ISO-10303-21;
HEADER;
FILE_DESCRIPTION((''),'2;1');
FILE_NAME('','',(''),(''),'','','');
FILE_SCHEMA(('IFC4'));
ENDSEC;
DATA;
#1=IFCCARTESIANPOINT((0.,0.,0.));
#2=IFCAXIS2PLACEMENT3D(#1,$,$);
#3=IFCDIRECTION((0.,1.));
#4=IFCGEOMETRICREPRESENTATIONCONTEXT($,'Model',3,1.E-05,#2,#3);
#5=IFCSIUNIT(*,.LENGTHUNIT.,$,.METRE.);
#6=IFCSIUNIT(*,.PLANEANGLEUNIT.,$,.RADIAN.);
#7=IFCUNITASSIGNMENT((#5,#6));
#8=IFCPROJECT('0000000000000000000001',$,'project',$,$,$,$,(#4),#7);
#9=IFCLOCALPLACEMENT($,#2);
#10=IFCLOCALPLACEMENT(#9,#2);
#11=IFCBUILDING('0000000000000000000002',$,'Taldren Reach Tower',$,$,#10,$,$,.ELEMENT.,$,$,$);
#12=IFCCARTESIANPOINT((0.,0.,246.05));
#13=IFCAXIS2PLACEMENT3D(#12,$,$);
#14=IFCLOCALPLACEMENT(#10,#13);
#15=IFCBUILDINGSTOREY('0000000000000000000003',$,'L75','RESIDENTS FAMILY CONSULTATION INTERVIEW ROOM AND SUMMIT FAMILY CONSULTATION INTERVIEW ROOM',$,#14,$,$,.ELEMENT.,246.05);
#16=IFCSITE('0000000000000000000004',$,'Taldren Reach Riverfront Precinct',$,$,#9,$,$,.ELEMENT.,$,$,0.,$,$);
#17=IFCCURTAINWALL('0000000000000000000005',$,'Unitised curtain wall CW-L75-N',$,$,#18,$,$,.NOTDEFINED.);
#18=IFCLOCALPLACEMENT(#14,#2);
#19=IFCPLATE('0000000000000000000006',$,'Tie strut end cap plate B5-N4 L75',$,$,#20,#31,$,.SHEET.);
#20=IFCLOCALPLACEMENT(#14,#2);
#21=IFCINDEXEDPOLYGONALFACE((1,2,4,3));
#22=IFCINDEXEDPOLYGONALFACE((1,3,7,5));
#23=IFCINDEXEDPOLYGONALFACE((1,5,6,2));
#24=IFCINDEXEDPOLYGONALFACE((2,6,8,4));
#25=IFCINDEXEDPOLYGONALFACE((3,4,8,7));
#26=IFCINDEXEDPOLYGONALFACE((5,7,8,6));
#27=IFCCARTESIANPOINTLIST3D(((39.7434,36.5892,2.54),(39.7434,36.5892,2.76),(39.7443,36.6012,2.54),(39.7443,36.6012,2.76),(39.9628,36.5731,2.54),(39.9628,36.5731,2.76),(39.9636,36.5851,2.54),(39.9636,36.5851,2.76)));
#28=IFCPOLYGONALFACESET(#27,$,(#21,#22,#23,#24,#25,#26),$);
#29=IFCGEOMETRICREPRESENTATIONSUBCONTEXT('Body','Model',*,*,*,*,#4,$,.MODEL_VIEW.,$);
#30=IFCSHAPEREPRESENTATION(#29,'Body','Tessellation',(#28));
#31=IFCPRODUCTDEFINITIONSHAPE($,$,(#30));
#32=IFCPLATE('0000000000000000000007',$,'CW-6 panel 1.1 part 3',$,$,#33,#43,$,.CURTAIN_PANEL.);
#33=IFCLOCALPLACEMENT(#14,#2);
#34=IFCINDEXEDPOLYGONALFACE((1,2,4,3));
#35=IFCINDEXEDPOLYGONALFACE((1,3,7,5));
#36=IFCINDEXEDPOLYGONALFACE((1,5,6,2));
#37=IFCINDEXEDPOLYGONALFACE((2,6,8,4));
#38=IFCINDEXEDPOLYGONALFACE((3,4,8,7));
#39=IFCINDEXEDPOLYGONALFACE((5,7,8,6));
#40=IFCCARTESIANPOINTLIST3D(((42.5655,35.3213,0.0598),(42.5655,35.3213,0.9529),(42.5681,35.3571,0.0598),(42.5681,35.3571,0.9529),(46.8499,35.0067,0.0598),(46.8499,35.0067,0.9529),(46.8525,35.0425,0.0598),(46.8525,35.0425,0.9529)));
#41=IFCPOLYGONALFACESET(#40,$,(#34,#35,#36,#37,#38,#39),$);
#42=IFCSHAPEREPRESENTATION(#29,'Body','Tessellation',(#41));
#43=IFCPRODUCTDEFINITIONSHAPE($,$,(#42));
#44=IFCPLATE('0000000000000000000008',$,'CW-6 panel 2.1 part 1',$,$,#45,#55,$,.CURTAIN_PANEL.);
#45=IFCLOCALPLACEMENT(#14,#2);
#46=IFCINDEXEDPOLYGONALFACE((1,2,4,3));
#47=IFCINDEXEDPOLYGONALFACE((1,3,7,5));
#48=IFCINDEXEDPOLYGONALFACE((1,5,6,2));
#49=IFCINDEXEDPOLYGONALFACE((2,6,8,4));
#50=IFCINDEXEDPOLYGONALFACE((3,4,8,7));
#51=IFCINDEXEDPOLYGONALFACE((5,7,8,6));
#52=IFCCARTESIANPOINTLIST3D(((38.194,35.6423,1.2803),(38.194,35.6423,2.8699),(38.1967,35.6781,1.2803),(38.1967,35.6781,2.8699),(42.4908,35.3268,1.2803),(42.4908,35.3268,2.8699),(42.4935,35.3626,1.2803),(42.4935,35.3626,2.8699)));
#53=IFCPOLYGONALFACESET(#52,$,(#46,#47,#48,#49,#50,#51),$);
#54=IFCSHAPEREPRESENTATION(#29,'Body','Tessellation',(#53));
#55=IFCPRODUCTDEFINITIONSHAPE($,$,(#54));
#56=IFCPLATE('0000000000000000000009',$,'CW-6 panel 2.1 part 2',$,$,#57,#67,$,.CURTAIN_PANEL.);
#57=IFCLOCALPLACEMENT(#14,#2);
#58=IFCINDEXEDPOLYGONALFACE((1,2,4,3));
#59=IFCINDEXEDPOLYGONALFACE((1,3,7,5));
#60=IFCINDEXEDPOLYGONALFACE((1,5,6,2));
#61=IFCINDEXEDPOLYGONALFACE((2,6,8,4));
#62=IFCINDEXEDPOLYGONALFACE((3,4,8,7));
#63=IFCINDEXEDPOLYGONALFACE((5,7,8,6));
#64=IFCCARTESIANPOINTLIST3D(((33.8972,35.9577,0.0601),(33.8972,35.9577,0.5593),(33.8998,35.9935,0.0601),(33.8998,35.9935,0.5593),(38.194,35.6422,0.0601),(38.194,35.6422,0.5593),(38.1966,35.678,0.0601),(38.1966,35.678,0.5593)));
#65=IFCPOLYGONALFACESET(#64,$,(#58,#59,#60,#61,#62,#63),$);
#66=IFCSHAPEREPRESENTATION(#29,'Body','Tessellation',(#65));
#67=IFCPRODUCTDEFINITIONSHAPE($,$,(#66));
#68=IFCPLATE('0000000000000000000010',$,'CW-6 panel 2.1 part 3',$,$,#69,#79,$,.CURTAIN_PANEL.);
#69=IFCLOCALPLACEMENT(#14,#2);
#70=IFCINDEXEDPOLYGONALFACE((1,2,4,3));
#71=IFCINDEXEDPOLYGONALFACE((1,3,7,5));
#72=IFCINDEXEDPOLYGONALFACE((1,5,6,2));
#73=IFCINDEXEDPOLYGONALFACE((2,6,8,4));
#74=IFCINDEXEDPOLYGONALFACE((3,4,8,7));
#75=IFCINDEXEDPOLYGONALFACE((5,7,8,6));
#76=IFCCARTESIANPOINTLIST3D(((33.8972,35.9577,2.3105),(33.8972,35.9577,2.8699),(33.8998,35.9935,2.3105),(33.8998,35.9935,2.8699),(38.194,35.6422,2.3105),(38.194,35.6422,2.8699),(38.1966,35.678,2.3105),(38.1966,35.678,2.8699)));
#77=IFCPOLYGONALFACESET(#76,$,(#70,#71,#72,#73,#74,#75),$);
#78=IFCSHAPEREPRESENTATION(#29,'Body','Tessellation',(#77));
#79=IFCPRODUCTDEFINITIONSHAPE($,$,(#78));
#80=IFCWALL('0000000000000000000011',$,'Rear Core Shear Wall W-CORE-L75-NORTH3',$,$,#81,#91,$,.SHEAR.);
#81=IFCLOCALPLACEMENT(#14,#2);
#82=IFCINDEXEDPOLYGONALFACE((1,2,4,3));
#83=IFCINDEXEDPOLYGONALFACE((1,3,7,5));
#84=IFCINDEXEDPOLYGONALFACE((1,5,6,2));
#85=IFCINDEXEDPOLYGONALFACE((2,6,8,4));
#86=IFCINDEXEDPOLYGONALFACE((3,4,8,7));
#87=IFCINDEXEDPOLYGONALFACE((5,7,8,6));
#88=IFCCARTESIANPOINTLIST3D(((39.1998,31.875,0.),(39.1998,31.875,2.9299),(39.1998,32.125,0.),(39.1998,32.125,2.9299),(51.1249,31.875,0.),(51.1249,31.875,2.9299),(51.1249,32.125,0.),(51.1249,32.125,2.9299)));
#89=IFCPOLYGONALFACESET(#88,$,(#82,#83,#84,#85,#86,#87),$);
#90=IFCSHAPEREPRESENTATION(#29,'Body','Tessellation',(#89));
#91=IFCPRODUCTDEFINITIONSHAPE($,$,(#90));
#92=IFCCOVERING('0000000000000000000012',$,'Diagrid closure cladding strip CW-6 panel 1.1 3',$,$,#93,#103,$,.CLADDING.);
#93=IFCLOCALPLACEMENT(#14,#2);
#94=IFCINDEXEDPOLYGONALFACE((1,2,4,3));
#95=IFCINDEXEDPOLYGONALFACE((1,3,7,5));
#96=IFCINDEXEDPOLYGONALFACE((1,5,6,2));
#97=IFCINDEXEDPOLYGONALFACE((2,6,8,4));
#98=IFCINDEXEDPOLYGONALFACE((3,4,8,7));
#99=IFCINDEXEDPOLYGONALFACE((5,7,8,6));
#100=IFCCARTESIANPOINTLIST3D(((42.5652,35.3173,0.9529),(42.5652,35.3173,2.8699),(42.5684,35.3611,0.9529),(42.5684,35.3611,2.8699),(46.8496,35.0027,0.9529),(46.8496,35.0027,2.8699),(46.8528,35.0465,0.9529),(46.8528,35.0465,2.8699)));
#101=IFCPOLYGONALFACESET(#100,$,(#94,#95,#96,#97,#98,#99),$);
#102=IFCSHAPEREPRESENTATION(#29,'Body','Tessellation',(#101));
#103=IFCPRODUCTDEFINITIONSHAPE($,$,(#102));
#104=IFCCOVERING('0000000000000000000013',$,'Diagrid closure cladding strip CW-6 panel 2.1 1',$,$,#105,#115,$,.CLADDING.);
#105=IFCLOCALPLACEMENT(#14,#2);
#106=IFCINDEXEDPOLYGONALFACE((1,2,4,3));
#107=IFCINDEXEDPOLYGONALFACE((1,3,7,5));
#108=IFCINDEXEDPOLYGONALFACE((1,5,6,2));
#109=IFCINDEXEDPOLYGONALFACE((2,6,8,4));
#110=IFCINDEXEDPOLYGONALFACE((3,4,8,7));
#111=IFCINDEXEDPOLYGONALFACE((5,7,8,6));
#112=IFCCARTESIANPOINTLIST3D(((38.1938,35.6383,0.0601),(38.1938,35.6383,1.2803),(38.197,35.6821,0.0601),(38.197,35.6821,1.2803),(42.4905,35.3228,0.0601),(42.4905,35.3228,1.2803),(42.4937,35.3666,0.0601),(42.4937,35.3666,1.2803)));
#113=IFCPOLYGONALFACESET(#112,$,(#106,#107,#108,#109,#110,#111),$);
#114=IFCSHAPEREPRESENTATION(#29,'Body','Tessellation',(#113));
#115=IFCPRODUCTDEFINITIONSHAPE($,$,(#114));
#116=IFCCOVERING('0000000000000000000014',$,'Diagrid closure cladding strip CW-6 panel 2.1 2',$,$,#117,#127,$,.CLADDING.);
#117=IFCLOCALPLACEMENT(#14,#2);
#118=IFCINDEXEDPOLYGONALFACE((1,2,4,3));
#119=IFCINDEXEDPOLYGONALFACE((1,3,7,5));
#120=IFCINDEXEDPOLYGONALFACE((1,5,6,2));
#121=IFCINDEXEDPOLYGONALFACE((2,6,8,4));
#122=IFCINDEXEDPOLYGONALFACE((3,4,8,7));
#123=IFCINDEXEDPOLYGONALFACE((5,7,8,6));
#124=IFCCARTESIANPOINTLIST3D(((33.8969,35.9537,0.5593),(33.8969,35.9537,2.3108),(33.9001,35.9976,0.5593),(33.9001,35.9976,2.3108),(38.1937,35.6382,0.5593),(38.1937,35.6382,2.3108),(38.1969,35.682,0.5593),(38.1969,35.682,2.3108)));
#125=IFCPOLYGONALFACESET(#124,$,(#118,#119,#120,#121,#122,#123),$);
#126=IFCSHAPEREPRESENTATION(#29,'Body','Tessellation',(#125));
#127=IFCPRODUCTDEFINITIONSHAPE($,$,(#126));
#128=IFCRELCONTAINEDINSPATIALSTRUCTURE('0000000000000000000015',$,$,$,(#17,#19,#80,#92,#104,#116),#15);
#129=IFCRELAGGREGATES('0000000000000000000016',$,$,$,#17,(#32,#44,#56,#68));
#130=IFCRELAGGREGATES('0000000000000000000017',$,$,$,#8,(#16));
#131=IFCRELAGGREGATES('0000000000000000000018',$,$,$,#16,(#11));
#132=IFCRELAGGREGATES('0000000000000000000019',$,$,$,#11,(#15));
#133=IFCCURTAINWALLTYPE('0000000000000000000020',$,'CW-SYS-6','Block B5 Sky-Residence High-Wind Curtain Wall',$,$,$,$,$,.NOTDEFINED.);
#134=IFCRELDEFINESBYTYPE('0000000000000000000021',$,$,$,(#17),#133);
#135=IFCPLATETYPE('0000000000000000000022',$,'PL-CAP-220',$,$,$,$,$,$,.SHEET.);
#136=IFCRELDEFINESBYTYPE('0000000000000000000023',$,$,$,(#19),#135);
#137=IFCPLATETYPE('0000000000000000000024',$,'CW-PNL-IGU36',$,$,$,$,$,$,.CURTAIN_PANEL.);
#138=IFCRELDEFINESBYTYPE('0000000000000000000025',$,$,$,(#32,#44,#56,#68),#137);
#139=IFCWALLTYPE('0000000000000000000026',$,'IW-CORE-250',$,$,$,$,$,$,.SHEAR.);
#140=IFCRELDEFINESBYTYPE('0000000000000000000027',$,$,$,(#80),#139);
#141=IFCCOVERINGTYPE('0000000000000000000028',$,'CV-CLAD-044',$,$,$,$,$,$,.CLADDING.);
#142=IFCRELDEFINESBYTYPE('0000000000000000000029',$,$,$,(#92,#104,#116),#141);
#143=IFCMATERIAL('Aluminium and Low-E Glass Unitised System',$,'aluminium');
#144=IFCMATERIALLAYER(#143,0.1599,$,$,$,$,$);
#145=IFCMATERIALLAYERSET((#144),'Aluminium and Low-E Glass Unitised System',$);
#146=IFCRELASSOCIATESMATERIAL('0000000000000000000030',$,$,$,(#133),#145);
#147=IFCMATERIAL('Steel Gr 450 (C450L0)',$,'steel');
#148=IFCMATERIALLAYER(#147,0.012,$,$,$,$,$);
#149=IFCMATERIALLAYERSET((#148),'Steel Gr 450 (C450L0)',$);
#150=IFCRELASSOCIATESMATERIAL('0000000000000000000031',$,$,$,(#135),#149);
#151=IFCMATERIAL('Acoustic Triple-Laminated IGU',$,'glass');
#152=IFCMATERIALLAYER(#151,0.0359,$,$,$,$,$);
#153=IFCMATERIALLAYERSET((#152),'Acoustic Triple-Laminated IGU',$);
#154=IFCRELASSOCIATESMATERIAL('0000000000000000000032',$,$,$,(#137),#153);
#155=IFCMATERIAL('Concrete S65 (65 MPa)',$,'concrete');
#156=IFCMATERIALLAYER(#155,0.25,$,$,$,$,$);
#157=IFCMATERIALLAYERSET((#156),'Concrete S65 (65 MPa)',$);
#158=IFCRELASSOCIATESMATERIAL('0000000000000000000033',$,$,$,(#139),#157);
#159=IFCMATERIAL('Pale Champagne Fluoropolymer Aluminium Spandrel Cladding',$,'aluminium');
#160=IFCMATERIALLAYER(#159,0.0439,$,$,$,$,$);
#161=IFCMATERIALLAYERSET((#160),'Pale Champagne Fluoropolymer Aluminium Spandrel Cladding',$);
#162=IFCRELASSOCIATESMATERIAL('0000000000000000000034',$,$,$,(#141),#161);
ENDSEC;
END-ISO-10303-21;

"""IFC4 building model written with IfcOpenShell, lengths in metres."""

from ifc_helpers import new_model, si_unit, direction, frame, frame_2d, origin, origin_2d, place, context, subcontext, project, spatial, rectangle, extrude, source, transform, mapped, material, layer, layer_set, type_object, element, aggregate, save


model = new_model("IFC4")

# Units and contexts
model_context = context("Model", 3, precision=1e-05, world=origin(), true_north=direction((0.0, 1.0)))
body_context = subcontext(model_context, "Body", "Model", "MODEL_VIEW")
ifc_project = project(units=[si_unit("LENGTHUNIT", "METRE"), si_unit("PLANEANGLEUNIT", "RADIAN")], contexts=[model_context])

# Site, building, storey
site_placement = place(None, origin())
site = spatial("IfcSite", under=ifc_project, at=site_placement, Name="Taldren Reach Riverfront Precinct", CompositionType="ELEMENT", RefElevation=0.0)
building_placement = place(site_placement, origin())
building = spatial("IfcBuilding", under=site, at=building_placement, Name="Taldren Reach Tower", CompositionType="ELEMENT")
storey_placement = place(building_placement, frame((0.0, 0.0, 246.05)))
storey = spatial("IfcBuildingStorey", under=building, at=storey_placement, Name="L75", Description="RESIDENTS FAMILY CONSULTATION INTERVIEW ROOM AND SUMMIT FAMILY CONSULTATION INTERVIEW ROOM", CompositionType="ELEMENT", Elevation=246.05)

# Shared definitions
ifc_material_1 = material(Name="Steel Gr 450 (C450L0)", Category="steel")

# Curtain wall
ifc_material_2 = material(Name="Aluminium and Low-E Glass Unitised System", Category="aluminium")
ifc_layer_1 = layer(ifc_material_2, 0.1599)
ifc_layer_set_1 = layer_set([ifc_layer_1], Name="Aluminium and Low-E Glass Unitised System")
curtain_wall_type = type_object("IfcCurtainWallType", Name="CW-SYS-6", Description="Block B5 Sky-Residence High-Wind Curtain Wall", PredefinedType="NOTDEFINED", material=ifc_layer_set_1)
curtain_wall_placement = place(storey_placement, origin())
curtain_wall = element("IfcCurtainWall", 1, at=curtain_wall_placement, inside=storey, type_object=curtain_wall_type, Name="Unitised curtain wall CW-L75-N", PredefinedType="NOTDEFINED")

# Plates
ifc_layer_2 = layer(ifc_material_1, 0.012)
ifc_layer_set_2 = layer_set([ifc_layer_2], Name="Steel Gr 450 (C450L0)")
plate_type_1 = type_object("IfcPlateType", Name="PL-CAP-220", PredefinedType="SHEET", material=ifc_layer_set_2)
shared_shape_1 = source(origin(), body_context, "Body", "SweptSolid", [
    extrude(rectangle(XDim=0.22, YDim=0.012, at=origin_2d()), origin(), (0.0, 0.0, 1.0), 0.22),
])
plate_1_placement = place(storey_placement, frame((39.8535, 36.5872, 2.54), z_axis=(0.0, 0.0, 1.0), x_axis=(0.997314, -0.073238, 0.0)))
element("IfcPlate", 2, at=plate_1_placement, inside=storey, type_object=plate_type_1, Name="Tie strut end cap plate B5-N4 L75", PredefinedType="SHEET", context=body_context, shape_type="MappedRepresentation", body=[
    mapped(shared_shape_1, transform((0.0, 0.0, 0.0), scale=1.0)),
])
ifc_material_3 = material(Name="Acoustic Triple-Laminated IGU", Category="glass")
ifc_layer_3 = layer(ifc_material_3, 0.0359)
ifc_layer_set_3 = layer_set([ifc_layer_3], Name="Acoustic Triple-Laminated IGU")
plate_type_2 = type_object("IfcPlateType", Name="CW-PNL-IGU36", PredefinedType="CURTAIN_PANEL", material=ifc_layer_set_3)
shared_shape_2 = source(origin(), body_context, "Body", "SweptSolid", [
    extrude(rectangle(XDim=4.2959, YDim=0.0359, at=origin_2d()), origin(), (0.0, 0.0, 1.0), 0.8931),
])
plate_2_placement = place(storey_placement, frame((44.709, 35.1819, 0.0598), z_axis=(0.0, 0.0, 1.0), x_axis=(-0.997314, 0.073238, 0.0)))
plate_2 = element("IfcPlate", 3, at=plate_2_placement, type_object=plate_type_2, Name="CW-6 panel 1.1 part 3", PredefinedType="CURTAIN_PANEL", context=body_context, shape_type="MappedRepresentation", body=[
    mapped(shared_shape_2, transform((0.0, 0.0, 0.0), scale=1.0)),
])
shared_shape_3 = source(origin(), body_context, "Body", "SweptSolid", [
    extrude(rectangle(XDim=4.3083, YDim=0.0359, at=origin_2d()), origin(), (0.0, 0.0, 1.0), 1.5896),
])
plate_3_placement = place(storey_placement, frame((40.3438, 35.5024, 1.2803), z_axis=(0.0, 0.0, 1.0), x_axis=(-0.997314, 0.073238, 0.0)))
plate_3 = element("IfcPlate", 4, at=plate_3_placement, type_object=plate_type_2, Name="CW-6 panel 2.1 part 1", PredefinedType="CURTAIN_PANEL", context=body_context, shape_type="MappedRepresentation", body=[
    mapped(shared_shape_3, transform((0.0, 0.0, 0.0), scale=1.0)),
])
shared_shape_4 = source(origin(), body_context, "Body", "SweptSolid", [
    extrude(rectangle(XDim=4.3083, YDim=0.0359, at=origin_2d()), origin(), (0.0, 0.0, 1.0), 0.4993),
])
plate_4_placement = place(storey_placement, frame((36.0469, 35.8179, 0.0601), z_axis=(0.0, 0.0, 1.0), x_axis=(-0.997314, 0.073238, 0.0)))
plate_4 = element("IfcPlate", 5, at=plate_4_placement, type_object=plate_type_2, Name="CW-6 panel 2.1 part 2", PredefinedType="CURTAIN_PANEL", context=body_context, shape_type="MappedRepresentation", body=[
    mapped(shared_shape_4, transform((0.0, 0.0, 0.0), scale=1.0)),
])
shared_shape_5 = source(origin(), body_context, "Body", "SweptSolid", [
    extrude(rectangle(XDim=4.3083, YDim=0.0359, at=origin_2d()), origin(), (0.0, 0.0, 1.0), 0.5593),
])
plate_5_placement = place(storey_placement, frame((36.0469, 35.8179, 2.3105), z_axis=(0.0, 0.0, 1.0), x_axis=(-0.997314, 0.073238, 0.0)))
plate_5 = element("IfcPlate", 6, at=plate_5_placement, type_object=plate_type_2, Name="CW-6 panel 2.1 part 3", PredefinedType="CURTAIN_PANEL", context=body_context, shape_type="MappedRepresentation", body=[
    mapped(shared_shape_5, transform((0.0, 0.0, 0.0), scale=1.0)),
])
aggregate(curtain_wall, [plate_2, plate_3, plate_4, plate_5])

# Wall
ifc_material_4 = material(Name="Concrete S65 (65 MPa)", Category="concrete")
ifc_layer_4 = layer(ifc_material_4, 0.25)
ifc_layer_set_4 = layer_set([ifc_layer_4], Name="Concrete S65 (65 MPa)")
wall_type = type_object("IfcWallType", Name="IW-CORE-250", PredefinedType="SHEAR", material=ifc_layer_set_4)
shared_shape_6 = source(origin(), body_context, "Body", "SweptSolid", [
    extrude(rectangle(XDim=11.925, YDim=0.25, at=frame_2d((5.9624, 0.0))), origin(), (0.0, 0.0, 1.0), 2.9299),
])
wall_placement = place(storey_placement, frame((39.2, 32.0, 0.0), z_axis=(0.0, 0.0, 1.0), x_axis=(1.0, 0.0, 0.0)))
element("IfcWall", 7, at=wall_placement, inside=storey, type_object=wall_type, Name="Rear Core Shear Wall W-CORE-L75-NORTH3", PredefinedType="SHEAR", context=body_context, shape_type="MappedRepresentation", body=[
    mapped(shared_shape_6, transform((0.0, 0.0, 0.0), scale=1.0)),
])

# Coverings
ifc_material_5 = material(Name="Pale Champagne Fluoropolymer Aluminium Spandrel Cladding", Category="aluminium")
ifc_layer_5 = layer(ifc_material_5, 0.0439)
ifc_layer_set_5 = layer_set([ifc_layer_5], Name="Pale Champagne Fluoropolymer Aluminium Spandrel Cladding")
covering_type = type_object("IfcCoveringType", Name="CV-CLAD-044", PredefinedType="CLADDING", material=ifc_layer_set_5)
shared_shape_7 = source(origin(), body_context, "Body", "SweptSolid", [
    extrude(rectangle(XDim=4.2959, YDim=0.0439, at=origin_2d()), origin(), (0.0, 0.0, 1.0), 1.917),
])
covering_1_placement = place(storey_placement, frame((44.709, 35.1819, 0.9529), z_axis=(0.0, 0.0, 1.0), x_axis=(-0.997314, 0.073238, 0.0)))
element("IfcCovering", 8, at=covering_1_placement, inside=storey, type_object=covering_type, Name="Diagrid closure cladding strip CW-6 panel 1.1 3", PredefinedType="CLADDING", context=body_context, shape_type="MappedRepresentation", body=[
    mapped(shared_shape_7, transform((0.0, 0.0, 0.0), scale=1.0)),
])
shared_shape_8 = source(origin(), body_context, "Body", "SweptSolid", [
    extrude(rectangle(XDim=4.3083, YDim=0.0439, at=origin_2d()), origin(), (0.0, 0.0, 1.0), 1.2202),
])
covering_2_placement = place(storey_placement, frame((40.3438, 35.5024, 0.0601), z_axis=(0.0, 0.0, 1.0), x_axis=(-0.997314, 0.073238, 0.0)))
element("IfcCovering", 9, at=covering_2_placement, inside=storey, type_object=covering_type, Name="Diagrid closure cladding strip CW-6 panel 2.1 1", PredefinedType="CLADDING", context=body_context, shape_type="MappedRepresentation", body=[
    mapped(shared_shape_8, transform((0.0, 0.0, 0.0), scale=1.0)),
])
shared_shape_9 = source(origin(), body_context, "Body", "SweptSolid", [
    extrude(rectangle(XDim=4.3083, YDim=0.0439, at=origin_2d()), origin(), (0.0, 0.0, 1.0), 1.7515),
])
covering_3_placement = place(storey_placement, frame((36.0469, 35.8179, 0.5593), z_axis=(0.0, 0.0, 1.0), x_axis=(-0.997314, 0.073238, 0.0)))
element("IfcCovering", 10, at=covering_3_placement, inside=storey, type_object=covering_type, Name="Diagrid closure cladding strip CW-6 panel 2.1 2", PredefinedType="CLADDING", context=body_context, shape_type="MappedRepresentation", body=[
    mapped(shared_shape_9, transform((0.0, 0.0, 0.0), scale=1.0)),
])

save(model, "model.ifc")
